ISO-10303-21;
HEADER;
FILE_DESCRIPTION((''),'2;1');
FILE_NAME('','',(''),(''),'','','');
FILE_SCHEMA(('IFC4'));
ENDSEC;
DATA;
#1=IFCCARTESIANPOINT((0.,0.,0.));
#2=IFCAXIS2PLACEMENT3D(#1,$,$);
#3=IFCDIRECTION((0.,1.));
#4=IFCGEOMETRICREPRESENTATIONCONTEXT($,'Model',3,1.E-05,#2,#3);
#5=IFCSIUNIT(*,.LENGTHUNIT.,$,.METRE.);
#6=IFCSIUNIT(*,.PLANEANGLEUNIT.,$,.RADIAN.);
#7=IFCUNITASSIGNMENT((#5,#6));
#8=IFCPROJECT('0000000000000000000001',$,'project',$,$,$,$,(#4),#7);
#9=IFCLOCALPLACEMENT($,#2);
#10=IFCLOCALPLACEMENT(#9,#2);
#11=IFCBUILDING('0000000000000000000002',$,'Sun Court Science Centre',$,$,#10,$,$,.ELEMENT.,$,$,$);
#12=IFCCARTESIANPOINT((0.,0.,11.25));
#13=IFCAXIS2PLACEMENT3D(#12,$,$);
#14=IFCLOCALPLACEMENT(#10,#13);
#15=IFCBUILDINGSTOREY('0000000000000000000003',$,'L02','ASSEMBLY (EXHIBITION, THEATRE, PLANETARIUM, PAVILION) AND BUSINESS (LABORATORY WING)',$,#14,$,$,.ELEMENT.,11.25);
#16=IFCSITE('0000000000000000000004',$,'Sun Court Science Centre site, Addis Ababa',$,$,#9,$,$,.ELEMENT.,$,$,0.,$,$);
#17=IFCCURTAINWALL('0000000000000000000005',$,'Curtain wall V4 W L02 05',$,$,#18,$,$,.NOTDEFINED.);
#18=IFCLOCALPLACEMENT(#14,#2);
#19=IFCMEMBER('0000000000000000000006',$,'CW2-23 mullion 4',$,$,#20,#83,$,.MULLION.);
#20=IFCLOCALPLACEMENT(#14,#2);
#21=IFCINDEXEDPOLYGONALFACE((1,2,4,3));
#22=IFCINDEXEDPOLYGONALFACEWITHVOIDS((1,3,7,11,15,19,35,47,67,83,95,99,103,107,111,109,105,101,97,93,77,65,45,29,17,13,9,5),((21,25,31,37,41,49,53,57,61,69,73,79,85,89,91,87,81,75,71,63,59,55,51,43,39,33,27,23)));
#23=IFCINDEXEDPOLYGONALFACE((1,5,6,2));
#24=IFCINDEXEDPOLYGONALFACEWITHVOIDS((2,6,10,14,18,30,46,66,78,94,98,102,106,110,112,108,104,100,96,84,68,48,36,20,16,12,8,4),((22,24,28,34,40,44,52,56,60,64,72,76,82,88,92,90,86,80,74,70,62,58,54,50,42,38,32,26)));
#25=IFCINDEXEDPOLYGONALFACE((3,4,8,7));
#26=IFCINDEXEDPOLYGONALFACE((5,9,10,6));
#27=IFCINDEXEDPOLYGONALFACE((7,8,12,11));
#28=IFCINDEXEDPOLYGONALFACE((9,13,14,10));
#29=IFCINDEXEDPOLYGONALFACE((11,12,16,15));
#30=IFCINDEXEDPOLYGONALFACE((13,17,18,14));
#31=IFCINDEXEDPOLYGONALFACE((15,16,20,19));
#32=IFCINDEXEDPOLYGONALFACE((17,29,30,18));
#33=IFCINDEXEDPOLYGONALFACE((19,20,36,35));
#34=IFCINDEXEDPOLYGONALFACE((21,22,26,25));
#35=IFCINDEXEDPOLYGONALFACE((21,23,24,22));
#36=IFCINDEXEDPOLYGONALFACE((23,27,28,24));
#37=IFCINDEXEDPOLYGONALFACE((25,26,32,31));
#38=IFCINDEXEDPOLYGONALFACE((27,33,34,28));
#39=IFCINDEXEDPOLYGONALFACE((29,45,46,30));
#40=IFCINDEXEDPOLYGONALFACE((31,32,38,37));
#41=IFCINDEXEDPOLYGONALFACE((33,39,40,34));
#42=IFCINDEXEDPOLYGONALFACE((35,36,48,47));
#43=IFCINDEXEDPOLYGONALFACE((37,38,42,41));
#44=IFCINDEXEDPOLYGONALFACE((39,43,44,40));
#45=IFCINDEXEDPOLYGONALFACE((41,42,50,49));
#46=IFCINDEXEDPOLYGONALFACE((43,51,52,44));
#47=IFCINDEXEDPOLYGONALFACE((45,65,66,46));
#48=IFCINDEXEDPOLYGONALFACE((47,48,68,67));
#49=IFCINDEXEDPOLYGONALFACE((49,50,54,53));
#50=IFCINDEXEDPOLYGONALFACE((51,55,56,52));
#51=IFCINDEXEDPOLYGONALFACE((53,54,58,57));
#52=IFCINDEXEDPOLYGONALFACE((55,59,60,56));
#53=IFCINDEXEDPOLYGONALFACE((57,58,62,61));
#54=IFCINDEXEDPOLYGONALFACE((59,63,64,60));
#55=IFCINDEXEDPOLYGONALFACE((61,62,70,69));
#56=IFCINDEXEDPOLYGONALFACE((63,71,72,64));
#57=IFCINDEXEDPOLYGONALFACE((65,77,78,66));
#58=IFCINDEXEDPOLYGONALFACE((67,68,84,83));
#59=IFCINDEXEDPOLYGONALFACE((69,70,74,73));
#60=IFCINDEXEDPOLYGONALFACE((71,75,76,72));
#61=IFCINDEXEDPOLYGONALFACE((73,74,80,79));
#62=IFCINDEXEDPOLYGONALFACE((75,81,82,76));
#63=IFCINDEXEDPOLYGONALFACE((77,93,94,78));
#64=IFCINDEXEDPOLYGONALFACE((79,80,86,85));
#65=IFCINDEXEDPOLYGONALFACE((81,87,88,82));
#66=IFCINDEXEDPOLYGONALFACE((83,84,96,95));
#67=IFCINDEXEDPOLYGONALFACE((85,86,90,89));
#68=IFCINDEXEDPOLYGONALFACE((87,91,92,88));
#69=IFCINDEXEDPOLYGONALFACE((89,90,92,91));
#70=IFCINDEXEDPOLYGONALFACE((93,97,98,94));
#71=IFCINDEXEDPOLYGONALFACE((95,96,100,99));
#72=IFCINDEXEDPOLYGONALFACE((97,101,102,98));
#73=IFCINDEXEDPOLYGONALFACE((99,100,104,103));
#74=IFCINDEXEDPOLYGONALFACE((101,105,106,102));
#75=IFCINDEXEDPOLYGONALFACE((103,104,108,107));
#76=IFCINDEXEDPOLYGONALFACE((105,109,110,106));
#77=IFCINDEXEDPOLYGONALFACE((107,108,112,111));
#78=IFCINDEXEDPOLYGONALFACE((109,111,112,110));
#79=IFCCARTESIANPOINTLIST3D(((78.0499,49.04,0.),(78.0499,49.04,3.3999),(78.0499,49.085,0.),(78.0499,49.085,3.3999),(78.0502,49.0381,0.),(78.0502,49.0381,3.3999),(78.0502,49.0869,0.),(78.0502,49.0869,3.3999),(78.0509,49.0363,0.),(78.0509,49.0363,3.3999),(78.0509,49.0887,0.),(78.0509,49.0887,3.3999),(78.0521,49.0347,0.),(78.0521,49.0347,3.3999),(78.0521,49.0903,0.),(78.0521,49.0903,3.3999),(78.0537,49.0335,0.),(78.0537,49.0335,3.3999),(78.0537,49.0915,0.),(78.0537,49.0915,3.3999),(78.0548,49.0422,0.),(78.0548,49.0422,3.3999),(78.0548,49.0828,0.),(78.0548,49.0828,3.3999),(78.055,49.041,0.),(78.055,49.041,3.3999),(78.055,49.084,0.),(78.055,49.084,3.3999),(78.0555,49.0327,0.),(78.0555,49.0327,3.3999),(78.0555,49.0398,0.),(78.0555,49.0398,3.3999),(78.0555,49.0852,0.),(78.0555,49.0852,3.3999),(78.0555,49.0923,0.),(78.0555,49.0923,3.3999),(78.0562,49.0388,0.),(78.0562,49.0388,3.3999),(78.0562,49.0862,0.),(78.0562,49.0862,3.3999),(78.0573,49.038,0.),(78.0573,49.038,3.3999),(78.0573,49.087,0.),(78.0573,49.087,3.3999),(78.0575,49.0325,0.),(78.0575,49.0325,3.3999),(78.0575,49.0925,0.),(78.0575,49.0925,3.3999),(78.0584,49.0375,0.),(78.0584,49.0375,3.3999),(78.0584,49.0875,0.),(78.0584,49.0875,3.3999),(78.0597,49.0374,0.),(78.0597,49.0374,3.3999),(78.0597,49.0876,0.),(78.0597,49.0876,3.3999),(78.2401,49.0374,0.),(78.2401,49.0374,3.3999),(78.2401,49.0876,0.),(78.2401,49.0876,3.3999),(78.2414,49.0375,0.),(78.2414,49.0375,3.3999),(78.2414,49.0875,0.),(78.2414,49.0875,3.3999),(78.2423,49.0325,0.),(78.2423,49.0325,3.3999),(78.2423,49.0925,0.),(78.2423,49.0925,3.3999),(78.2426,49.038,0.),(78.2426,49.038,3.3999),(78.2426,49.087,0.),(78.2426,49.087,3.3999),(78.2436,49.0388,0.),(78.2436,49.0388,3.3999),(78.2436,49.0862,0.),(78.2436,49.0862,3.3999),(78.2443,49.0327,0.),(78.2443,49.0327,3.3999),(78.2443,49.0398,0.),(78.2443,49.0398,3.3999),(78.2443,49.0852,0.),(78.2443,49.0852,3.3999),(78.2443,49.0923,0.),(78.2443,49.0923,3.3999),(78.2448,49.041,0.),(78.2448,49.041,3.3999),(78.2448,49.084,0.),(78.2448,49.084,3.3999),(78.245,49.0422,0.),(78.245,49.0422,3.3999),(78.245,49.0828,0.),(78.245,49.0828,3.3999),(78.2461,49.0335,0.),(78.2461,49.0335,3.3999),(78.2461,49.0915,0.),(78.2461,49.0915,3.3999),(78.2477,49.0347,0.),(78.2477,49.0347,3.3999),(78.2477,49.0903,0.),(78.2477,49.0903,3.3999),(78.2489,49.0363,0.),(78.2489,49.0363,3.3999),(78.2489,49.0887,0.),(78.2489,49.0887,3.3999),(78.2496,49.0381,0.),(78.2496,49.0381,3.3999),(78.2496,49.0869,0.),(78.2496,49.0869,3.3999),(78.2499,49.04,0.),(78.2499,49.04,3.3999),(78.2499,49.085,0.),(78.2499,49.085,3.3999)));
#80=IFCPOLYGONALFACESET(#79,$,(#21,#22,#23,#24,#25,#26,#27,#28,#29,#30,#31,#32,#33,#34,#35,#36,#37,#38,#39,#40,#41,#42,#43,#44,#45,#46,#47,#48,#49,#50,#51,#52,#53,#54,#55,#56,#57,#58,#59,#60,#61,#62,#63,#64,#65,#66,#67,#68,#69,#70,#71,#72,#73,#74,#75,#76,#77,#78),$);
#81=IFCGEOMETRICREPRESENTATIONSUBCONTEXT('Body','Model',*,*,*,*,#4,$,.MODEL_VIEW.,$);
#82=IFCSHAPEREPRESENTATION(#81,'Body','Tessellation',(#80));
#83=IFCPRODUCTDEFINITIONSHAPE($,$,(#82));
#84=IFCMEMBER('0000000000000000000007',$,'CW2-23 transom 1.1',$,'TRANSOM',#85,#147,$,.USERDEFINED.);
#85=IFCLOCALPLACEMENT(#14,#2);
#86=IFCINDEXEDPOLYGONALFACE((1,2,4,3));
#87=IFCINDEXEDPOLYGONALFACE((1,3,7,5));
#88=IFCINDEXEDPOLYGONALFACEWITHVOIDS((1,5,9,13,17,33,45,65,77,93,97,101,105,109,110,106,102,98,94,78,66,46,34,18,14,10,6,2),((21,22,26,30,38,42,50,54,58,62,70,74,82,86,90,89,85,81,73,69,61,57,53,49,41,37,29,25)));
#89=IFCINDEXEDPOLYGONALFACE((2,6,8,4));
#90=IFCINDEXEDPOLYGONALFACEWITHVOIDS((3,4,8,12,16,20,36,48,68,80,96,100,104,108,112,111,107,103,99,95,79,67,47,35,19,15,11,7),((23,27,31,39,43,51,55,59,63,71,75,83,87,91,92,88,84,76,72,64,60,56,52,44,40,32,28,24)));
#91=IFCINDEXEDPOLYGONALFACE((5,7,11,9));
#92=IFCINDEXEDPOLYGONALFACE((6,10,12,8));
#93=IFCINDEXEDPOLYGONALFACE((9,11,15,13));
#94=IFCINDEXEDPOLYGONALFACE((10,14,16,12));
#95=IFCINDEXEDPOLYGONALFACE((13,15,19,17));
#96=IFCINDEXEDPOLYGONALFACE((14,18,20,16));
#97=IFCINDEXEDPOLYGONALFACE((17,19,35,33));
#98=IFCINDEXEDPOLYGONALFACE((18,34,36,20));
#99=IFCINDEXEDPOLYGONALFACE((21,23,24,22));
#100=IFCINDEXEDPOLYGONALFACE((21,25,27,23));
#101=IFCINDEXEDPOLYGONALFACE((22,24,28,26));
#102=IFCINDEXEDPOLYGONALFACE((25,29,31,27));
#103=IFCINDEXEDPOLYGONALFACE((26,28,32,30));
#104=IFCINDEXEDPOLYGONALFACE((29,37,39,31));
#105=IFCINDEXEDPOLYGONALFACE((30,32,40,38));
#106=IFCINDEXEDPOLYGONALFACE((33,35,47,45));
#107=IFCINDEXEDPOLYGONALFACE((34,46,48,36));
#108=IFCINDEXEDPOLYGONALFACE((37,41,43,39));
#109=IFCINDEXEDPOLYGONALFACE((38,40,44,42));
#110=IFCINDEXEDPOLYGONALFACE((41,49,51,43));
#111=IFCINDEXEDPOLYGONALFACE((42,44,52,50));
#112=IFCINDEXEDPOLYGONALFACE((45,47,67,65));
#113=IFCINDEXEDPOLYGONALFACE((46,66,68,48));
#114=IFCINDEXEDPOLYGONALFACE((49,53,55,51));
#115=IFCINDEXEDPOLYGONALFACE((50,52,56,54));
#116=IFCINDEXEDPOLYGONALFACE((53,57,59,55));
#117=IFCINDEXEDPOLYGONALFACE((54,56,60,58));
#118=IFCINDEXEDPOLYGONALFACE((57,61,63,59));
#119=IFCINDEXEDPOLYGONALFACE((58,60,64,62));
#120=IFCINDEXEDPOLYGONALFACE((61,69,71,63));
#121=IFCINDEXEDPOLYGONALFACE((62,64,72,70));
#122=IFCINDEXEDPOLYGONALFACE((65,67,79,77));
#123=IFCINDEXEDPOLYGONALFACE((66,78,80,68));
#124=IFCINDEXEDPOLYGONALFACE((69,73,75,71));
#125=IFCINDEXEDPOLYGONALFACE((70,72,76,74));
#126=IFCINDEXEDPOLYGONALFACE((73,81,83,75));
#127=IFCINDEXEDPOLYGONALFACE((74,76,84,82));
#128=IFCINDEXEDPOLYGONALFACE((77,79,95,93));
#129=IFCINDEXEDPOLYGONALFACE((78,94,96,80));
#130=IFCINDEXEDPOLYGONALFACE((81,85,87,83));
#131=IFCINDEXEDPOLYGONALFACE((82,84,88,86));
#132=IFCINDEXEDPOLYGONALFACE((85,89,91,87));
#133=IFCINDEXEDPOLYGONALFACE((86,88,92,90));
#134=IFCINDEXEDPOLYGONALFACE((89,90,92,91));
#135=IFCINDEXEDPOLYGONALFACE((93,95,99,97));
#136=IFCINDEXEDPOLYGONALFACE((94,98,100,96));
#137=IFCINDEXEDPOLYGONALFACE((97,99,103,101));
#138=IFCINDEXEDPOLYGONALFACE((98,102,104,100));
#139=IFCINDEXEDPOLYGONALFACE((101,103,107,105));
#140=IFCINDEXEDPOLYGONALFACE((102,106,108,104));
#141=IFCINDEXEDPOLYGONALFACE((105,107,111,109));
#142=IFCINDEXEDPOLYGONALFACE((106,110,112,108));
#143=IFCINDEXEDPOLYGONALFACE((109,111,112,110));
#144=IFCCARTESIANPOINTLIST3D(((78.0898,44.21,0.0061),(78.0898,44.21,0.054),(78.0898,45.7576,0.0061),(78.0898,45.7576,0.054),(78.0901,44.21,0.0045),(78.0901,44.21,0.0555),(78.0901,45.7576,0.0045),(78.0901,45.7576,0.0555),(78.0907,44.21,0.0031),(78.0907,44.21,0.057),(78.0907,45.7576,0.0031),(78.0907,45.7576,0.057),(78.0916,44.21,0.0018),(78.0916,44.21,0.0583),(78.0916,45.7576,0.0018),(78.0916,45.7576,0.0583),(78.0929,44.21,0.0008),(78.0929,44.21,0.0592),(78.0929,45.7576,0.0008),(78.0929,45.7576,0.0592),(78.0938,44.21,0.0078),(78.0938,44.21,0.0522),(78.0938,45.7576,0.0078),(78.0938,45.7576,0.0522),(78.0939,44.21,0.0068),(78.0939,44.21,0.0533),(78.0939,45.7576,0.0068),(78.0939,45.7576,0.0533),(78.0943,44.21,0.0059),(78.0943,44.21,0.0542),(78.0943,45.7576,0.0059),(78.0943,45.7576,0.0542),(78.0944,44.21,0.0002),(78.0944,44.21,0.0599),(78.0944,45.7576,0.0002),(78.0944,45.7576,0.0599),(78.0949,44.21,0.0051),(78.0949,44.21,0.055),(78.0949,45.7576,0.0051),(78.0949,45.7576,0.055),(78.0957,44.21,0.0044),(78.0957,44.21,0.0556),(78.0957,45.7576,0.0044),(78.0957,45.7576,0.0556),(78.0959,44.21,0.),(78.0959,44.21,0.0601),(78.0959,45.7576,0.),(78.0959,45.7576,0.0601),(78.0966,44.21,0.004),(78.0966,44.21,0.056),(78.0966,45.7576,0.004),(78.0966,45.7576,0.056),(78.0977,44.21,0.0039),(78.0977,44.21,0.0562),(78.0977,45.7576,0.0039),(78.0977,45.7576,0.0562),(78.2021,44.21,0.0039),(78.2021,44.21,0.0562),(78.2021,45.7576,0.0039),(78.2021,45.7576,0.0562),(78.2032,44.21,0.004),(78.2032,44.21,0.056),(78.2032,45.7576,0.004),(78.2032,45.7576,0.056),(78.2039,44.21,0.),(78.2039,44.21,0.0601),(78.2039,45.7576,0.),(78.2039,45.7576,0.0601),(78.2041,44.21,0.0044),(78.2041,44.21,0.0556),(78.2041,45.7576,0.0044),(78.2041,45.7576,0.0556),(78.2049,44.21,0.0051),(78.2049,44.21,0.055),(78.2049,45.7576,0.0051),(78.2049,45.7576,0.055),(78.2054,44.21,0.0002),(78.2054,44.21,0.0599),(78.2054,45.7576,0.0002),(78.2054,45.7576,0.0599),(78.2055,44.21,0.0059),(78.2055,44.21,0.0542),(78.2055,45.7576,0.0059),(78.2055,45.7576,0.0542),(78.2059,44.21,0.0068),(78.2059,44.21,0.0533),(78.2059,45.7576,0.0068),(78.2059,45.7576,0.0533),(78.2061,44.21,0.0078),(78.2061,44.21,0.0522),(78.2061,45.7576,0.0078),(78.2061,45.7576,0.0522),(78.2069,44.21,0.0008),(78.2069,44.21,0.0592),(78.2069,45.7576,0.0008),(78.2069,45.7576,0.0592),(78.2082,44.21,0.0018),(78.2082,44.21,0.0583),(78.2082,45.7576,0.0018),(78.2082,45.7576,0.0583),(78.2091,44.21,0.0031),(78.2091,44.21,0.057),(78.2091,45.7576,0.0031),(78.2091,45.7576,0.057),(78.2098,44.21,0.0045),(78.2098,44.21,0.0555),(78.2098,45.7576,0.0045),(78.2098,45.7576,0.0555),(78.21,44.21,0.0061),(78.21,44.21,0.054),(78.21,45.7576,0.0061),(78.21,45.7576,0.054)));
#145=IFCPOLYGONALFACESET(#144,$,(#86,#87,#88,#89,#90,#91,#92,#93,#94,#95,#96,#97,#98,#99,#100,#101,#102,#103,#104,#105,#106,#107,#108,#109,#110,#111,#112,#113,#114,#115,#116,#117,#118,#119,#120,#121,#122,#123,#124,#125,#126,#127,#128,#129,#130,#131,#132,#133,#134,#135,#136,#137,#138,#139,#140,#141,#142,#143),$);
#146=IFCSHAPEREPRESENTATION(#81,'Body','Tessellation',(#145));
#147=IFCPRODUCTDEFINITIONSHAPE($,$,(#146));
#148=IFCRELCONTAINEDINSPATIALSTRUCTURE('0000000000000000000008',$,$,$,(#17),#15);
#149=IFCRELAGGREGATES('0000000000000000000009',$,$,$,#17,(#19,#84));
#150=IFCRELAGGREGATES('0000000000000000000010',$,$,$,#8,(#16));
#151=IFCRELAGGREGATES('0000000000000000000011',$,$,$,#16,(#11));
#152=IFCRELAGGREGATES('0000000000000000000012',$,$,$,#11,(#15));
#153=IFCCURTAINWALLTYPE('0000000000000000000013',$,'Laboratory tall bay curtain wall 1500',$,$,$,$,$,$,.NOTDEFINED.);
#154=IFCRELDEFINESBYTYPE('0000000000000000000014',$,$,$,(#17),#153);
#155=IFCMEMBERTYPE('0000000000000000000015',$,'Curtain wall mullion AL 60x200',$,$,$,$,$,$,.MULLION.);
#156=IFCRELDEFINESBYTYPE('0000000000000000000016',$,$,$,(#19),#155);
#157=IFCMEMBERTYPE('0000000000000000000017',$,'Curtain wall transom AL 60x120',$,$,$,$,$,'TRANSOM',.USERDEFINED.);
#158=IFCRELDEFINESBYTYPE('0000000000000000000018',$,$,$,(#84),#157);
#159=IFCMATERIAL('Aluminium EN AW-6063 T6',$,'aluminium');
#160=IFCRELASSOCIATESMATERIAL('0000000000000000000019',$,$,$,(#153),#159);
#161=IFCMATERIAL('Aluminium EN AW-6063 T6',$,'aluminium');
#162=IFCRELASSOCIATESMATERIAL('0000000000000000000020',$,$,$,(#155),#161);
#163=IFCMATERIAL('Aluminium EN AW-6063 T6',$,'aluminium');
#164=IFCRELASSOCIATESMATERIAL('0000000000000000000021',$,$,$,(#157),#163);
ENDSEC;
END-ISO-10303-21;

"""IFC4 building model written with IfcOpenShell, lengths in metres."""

from ifc_helpers import new_model, si_unit, direction, frame, origin, origin_2d, place, context, subcontext, project, spatial, hollow_rectangle, extrude, material, material_profile, profile_set, type_object, element, aggregate, save


model = new_model("IFC4")

# Units and contexts
model_context = context("Model", 3, precision=1e-05, world=origin(), true_north=direction((0.0, 1.0)))
body_context = subcontext(model_context, "Body", "Model", "MODEL_VIEW")
ifc_project = project(units=[si_unit("LENGTHUNIT", "METRE"), si_unit("PLANEANGLEUNIT", "RADIAN")], contexts=[model_context])

# Site, building, storey
site_placement = place(None, origin())
site = spatial("IfcSite", under=ifc_project, at=site_placement, Name="Sun Court Science Centre site, Addis Ababa", CompositionType="ELEMENT", RefElevation=0.0)
building_placement = place(site_placement, origin())
building = spatial("IfcBuilding", under=site, at=building_placement, Name="Sun Court Science Centre", CompositionType="ELEMENT")
storey_placement = place(building_placement, frame((0.0, 0.0, 11.25)))
storey = spatial("IfcBuildingStorey", under=building, at=storey_placement, Name="L02", Description="ASSEMBLY (EXHIBITION, THEATRE, PLANETARIUM, PAVILION) AND BUSINESS (LABORATORY WING)", CompositionType="ELEMENT", Elevation=11.25)

# Shared definitions
ifc_material_1 = material(Name="Aluminium EN AW-6063 T6", Category="aluminium")
curtain_wall_type = type_object("IfcCurtainWallType", Name="Laboratory tall bay curtain wall 1500", PredefinedType="NOTDEFINED", material=ifc_material_1)
ifc_material_2 = material(Name="Aluminium EN AW-6063 T6", Category="aluminium")
ifc_material_profile_1 = material_profile(ifc_material_2, hollow_rectangle(XDim=0.0601, YDim=0.2, WallThickness=0.0049, InnerFilletRadius=0.0049, OuterFilletRadius=0.0076, at=origin_2d()), Name="AL 60x200x5")
ifc_profile_set_1 = profile_set([ifc_material_profile_1], Name="Aluminium EN AW-6063 T6")
member_type_1 = type_object("IfcMemberType", Name="Curtain wall mullion AL 60x200", PredefinedType="MULLION", material=ifc_profile_set_1)

# Curtain wall, members
curtain_wall_1_placement = place(storey_placement, origin())
curtain_wall_1 = element("IfcCurtainWall", 1, at=curtain_wall_1_placement, inside=storey, type_object=curtain_wall_type, Name="Curtain wall V4 W L02 05", PredefinedType="NOTDEFINED")
member_1_placement = place(storey_placement, frame((78.1499, 49.0625, 0.0), z_axis=(0.0, 0.0, 1.0), x_axis=(0.0, 1.0, 0.0)))
member_1 = element("IfcMember", 2, at=member_1_placement, type_object=member_type_1, Name="CW2-23 mullion 4", PredefinedType="MULLION", context=body_context, shape_type="SweptSolid", body=[
    extrude(hollow_rectangle(XDim=0.0601, YDim=0.2, WallThickness=0.0049, InnerFilletRadius=0.0049, OuterFilletRadius=0.0076, at=origin_2d()), origin(), (0.0, 0.0, 1.0), 3.3999),
])
ifc_material_3 = material(Name="Aluminium EN AW-6063 T6", Category="aluminium")
ifc_material_profile_2 = material_profile(ifc_material_3, hollow_rectangle(XDim=0.0601, YDim=0.1201, WallThickness=0.0039, InnerFilletRadius=0.0039, OuterFilletRadius=0.0061, at=origin_2d()), Name="AL 60x120x4")
ifc_profile_set_2 = profile_set([ifc_material_profile_2], Name="Aluminium EN AW-6063 T6")
member_type_2 = type_object("IfcMemberType", Name="Curtain wall transom AL 60x120", ElementType="TRANSOM", PredefinedType="USERDEFINED", material=ifc_profile_set_2)
member_2_placement = place(storey_placement, frame((78.1499, 44.21, 0.03), z_axis=(0.0, 1.0, 0.0), x_axis=(0.0, 0.0, 1.0)))
member_2 = element("IfcMember", 3, at=member_2_placement, type_object=member_type_2, Name="CW2-23 transom 1.1", ObjectType="TRANSOM", PredefinedType="USERDEFINED", context=body_context, shape_type="SweptSolid", body=[
    extrude(hollow_rectangle(XDim=0.0601, YDim=0.1201, WallThickness=0.0039, InnerFilletRadius=0.0039, OuterFilletRadius=0.0061, at=origin_2d()), origin(), (0.0, 0.0, 1.0), 1.5476),
])

aggregate(curtain_wall_1, [member_1, member_2])

save(model, "model.ifc")
